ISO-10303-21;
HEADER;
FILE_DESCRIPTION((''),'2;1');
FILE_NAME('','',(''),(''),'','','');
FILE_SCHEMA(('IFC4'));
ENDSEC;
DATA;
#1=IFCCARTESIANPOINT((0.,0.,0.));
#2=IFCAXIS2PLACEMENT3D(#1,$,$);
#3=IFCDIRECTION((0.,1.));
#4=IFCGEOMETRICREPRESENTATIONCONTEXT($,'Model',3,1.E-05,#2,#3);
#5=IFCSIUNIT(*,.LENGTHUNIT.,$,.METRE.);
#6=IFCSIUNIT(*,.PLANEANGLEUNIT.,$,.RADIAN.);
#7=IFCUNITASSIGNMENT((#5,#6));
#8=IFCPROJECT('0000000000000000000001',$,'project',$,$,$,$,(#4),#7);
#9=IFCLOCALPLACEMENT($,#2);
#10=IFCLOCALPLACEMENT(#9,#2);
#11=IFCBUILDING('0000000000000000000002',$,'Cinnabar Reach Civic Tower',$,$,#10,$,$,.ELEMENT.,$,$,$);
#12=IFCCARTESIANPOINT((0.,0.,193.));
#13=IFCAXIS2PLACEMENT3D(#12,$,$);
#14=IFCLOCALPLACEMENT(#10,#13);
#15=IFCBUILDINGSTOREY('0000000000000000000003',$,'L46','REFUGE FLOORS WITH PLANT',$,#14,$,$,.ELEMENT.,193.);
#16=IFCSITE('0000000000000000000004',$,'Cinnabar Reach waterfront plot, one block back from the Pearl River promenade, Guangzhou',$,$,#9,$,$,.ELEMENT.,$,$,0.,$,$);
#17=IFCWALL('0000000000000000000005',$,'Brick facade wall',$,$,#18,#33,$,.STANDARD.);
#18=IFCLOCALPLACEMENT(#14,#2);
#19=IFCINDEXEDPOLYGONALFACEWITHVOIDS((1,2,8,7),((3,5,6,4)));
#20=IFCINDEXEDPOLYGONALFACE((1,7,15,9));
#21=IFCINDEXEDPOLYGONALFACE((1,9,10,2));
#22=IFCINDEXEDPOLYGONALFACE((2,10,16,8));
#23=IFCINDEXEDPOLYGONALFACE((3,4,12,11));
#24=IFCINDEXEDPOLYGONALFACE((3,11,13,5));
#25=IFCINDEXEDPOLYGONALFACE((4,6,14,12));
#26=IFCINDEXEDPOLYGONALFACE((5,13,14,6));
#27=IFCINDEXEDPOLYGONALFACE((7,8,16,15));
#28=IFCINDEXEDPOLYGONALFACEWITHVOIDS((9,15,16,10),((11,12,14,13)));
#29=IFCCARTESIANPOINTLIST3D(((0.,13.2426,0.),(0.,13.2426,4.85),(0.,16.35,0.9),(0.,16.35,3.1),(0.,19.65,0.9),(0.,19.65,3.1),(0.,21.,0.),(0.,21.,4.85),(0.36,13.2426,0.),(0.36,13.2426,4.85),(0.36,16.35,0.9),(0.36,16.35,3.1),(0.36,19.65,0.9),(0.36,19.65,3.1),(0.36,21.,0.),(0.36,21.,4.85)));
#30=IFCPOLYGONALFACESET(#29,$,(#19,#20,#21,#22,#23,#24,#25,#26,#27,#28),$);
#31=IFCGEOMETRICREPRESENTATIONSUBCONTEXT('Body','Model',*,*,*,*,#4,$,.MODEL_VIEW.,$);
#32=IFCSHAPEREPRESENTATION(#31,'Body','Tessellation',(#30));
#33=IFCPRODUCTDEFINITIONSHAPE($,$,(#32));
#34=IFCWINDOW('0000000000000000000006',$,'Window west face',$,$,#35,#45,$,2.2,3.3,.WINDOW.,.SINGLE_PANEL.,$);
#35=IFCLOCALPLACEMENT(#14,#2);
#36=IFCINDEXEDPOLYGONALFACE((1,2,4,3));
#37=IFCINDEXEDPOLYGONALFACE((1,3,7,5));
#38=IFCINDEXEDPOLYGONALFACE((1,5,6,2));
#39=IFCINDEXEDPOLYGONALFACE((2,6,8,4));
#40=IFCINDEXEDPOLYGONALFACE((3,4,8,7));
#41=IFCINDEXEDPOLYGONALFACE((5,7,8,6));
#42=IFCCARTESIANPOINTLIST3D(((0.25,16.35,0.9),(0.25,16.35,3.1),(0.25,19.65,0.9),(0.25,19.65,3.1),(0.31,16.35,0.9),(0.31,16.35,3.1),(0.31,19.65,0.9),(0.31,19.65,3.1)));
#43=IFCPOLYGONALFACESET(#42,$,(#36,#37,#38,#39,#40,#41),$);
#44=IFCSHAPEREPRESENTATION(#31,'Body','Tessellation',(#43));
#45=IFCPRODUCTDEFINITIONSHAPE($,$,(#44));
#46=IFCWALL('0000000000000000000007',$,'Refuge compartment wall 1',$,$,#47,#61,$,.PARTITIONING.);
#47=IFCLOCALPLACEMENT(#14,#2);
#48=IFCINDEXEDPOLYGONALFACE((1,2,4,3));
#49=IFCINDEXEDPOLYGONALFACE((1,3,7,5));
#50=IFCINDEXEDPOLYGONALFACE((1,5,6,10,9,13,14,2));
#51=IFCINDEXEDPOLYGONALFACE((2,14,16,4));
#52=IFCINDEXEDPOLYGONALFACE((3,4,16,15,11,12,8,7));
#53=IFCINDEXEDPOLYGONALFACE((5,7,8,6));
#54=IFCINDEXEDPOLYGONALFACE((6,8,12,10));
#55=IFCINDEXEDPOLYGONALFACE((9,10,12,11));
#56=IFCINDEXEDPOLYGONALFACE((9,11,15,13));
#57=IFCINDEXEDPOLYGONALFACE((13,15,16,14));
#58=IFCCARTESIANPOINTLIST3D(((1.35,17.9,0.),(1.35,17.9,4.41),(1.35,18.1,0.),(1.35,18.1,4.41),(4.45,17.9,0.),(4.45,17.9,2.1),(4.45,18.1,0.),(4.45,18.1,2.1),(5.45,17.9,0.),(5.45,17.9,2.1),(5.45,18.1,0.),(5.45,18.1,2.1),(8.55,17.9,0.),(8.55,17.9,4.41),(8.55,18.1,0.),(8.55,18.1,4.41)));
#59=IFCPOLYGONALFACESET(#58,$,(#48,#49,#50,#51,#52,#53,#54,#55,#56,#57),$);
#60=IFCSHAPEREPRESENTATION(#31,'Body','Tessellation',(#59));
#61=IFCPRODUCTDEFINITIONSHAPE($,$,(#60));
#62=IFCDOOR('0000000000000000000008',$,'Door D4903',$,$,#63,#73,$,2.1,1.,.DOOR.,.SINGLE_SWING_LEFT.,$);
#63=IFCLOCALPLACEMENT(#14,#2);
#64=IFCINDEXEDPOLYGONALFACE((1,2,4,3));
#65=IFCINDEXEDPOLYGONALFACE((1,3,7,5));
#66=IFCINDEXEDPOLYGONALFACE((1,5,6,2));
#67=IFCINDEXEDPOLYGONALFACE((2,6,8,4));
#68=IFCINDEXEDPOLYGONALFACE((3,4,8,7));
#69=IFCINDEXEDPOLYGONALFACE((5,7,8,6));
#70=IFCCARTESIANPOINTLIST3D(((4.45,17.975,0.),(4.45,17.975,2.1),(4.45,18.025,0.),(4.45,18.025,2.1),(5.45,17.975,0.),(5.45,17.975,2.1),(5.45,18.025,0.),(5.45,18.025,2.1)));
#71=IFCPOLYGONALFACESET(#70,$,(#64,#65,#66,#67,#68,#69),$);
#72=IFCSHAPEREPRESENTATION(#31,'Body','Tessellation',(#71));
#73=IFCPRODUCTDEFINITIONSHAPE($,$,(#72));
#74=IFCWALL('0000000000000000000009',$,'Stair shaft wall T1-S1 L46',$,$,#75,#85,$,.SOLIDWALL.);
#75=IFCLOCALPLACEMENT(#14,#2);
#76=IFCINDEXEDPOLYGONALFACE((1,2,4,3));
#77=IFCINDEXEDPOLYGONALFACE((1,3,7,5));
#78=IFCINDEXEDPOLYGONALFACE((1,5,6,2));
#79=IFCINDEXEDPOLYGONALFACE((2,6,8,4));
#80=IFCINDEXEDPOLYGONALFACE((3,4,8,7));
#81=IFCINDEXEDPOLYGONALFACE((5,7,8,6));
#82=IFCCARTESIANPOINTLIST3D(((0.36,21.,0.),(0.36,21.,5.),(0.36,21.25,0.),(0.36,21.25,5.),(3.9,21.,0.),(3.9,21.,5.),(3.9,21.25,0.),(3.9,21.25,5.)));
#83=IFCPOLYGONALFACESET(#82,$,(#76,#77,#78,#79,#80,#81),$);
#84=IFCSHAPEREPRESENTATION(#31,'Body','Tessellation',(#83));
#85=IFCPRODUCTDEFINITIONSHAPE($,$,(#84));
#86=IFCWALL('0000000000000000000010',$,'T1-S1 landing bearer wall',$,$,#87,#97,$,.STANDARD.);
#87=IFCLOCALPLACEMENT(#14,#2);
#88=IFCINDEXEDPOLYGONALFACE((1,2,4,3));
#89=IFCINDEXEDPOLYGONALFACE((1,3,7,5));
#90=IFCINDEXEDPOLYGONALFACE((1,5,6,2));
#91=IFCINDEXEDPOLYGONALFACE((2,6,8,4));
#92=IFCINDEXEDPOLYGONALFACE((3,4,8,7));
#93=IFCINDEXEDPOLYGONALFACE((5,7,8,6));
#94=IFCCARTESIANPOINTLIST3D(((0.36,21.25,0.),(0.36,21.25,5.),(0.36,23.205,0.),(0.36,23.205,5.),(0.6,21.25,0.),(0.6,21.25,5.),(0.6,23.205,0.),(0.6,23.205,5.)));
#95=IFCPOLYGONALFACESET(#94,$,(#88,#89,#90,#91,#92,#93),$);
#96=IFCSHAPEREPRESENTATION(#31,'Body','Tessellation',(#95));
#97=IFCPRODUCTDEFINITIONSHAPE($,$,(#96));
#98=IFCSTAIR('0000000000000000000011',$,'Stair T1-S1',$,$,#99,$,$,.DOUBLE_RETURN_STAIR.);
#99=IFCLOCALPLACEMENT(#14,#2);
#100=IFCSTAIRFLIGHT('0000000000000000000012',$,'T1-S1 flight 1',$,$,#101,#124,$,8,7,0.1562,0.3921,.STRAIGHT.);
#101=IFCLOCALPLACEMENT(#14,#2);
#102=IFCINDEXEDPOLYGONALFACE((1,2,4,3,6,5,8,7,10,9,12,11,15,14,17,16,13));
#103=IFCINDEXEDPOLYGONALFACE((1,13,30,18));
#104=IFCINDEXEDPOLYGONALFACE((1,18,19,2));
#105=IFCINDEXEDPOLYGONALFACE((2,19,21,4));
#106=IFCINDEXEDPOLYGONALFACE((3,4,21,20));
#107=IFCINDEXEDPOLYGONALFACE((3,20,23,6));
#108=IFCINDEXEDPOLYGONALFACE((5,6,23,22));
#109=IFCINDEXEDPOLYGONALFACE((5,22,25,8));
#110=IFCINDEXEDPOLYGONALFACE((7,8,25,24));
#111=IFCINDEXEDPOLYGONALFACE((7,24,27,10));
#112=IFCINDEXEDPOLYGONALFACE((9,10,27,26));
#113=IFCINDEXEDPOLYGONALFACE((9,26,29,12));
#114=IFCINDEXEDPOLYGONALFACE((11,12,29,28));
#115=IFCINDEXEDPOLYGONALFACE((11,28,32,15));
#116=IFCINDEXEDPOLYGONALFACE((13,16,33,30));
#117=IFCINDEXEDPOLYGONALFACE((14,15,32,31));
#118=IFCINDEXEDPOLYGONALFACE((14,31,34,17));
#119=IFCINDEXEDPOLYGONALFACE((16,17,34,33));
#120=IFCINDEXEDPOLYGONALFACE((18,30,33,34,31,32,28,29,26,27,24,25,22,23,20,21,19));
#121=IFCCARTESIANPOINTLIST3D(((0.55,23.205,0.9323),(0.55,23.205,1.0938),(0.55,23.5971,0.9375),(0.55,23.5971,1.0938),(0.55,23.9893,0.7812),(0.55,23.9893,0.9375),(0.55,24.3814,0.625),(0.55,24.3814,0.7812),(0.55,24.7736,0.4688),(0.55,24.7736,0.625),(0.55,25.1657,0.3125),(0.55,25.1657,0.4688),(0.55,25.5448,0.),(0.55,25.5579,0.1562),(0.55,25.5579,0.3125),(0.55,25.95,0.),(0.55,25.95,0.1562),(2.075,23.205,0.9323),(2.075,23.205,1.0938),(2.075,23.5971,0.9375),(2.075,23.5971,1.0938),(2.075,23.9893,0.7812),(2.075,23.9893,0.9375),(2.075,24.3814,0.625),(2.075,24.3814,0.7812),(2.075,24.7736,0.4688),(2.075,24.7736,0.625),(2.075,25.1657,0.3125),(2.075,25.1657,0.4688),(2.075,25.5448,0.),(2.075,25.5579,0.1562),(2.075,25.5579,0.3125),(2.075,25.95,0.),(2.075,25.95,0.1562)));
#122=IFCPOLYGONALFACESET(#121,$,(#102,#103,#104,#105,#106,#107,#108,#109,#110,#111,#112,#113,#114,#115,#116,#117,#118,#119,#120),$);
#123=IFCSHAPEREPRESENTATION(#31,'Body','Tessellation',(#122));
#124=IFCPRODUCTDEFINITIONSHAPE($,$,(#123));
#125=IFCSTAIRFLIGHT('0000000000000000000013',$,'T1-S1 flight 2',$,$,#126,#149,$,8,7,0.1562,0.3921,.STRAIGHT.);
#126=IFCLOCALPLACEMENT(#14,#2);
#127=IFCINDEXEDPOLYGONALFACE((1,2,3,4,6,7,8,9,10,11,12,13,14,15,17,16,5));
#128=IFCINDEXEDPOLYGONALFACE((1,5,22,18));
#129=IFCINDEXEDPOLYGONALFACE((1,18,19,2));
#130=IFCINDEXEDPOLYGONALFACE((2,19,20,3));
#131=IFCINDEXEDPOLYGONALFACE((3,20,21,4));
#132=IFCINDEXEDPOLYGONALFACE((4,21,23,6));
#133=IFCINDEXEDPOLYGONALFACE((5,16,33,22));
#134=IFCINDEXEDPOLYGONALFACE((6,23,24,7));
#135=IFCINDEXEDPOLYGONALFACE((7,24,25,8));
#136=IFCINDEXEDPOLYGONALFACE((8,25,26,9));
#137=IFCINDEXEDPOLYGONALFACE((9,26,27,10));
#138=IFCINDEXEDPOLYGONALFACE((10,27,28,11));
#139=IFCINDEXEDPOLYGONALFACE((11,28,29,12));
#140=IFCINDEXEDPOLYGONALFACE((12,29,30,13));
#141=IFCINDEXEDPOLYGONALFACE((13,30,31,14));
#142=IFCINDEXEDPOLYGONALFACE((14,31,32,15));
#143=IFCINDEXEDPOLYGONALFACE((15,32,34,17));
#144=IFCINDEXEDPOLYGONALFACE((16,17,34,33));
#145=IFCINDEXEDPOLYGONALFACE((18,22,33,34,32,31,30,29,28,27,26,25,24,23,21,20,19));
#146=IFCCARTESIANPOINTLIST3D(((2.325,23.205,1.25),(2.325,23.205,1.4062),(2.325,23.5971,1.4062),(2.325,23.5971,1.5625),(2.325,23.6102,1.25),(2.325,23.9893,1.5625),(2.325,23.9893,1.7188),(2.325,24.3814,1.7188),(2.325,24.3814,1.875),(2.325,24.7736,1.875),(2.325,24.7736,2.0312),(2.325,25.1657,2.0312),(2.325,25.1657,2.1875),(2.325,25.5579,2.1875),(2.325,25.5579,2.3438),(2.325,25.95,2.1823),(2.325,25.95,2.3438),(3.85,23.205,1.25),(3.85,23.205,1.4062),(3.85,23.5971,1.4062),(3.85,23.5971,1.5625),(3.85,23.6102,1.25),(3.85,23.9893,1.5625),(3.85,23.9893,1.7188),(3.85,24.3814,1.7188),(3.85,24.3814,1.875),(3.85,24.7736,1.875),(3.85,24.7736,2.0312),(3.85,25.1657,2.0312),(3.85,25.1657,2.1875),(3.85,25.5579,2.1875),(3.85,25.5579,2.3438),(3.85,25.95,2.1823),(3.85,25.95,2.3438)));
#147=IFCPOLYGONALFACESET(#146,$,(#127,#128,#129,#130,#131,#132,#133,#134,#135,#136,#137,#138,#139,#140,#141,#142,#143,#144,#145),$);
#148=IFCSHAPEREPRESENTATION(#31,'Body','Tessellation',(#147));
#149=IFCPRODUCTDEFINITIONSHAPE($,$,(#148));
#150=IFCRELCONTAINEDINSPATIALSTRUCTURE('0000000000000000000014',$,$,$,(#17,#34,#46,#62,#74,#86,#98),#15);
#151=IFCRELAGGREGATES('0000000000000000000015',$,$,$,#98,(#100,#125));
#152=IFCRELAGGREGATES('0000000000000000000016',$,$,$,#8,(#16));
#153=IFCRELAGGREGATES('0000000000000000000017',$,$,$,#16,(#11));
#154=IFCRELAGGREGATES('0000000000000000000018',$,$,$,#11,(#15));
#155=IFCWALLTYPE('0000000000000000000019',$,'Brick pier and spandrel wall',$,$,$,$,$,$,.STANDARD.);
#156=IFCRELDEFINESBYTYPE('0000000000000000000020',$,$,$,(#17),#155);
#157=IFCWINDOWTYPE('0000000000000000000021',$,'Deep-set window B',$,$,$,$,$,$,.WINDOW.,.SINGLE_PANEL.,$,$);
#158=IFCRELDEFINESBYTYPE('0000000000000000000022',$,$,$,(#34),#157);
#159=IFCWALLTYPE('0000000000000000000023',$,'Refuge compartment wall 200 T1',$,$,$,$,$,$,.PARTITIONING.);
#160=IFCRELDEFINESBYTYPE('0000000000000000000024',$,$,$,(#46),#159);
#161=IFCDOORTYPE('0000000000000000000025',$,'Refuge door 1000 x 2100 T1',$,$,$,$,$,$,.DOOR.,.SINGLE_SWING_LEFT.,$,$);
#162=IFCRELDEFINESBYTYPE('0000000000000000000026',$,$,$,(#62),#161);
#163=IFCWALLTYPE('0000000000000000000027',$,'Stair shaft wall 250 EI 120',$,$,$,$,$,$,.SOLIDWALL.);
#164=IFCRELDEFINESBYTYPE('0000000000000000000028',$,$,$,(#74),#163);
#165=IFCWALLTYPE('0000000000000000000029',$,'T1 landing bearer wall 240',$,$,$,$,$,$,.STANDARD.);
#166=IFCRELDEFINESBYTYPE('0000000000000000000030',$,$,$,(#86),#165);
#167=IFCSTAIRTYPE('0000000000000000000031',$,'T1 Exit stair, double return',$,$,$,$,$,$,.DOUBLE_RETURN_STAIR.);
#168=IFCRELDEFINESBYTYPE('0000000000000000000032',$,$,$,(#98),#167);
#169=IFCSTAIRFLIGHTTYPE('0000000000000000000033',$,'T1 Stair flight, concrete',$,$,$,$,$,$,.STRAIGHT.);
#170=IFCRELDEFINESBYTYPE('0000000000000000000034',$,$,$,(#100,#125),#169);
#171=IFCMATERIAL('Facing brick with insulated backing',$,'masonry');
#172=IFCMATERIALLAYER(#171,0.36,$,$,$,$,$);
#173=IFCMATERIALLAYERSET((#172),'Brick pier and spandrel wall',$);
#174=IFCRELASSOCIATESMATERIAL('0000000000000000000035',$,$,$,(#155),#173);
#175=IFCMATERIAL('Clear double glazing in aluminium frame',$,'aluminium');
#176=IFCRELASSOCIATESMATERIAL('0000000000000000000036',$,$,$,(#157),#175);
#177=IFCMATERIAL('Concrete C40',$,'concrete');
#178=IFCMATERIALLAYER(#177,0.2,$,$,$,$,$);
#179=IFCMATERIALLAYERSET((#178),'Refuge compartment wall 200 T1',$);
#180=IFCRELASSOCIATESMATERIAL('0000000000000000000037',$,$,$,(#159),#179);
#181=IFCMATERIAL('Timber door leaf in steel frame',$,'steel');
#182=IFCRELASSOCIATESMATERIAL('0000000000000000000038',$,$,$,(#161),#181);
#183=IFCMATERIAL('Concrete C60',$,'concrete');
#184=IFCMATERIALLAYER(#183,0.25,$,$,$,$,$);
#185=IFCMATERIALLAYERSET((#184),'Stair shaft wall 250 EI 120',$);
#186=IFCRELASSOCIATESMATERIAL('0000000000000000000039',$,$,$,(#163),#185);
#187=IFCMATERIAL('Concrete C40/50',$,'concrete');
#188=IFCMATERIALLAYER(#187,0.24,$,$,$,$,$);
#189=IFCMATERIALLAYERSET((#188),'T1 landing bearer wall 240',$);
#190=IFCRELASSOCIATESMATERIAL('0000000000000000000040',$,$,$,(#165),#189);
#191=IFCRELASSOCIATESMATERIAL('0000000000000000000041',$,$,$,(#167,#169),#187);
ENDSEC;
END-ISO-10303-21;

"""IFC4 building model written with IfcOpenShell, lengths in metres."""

from ifc_helpers import new_model, si_unit, direction, frame, frame_2d, origin, place, context, subcontext, project, spatial, polyline, rectangle, outline, extrude, material, layer, layer_set, type_object, element, fill, aggregate, save


model = new_model("IFC4")

# Units and contexts
model_context = context("Model", 3, precision=1e-05, world=origin(), true_north=direction((0.0, 1.0)))
body_context = subcontext(model_context, "Body", "Model", "MODEL_VIEW")
ifc_project = project(units=[si_unit("LENGTHUNIT", "METRE"), si_unit("PLANEANGLEUNIT", "RADIAN")], contexts=[model_context])

# Site, building, storey
site_placement = place(None, origin())
site = spatial("IfcSite", under=ifc_project, at=site_placement, Name="Cinnabar Reach waterfront plot, one block back from the Pearl River promenade, Guangzhou", CompositionType="ELEMENT", RefElevation=0.0)
building_placement = place(site_placement, origin())
building = spatial("IfcBuilding", under=site, at=building_placement, Name="Cinnabar Reach Civic Tower", CompositionType="ELEMENT")
storey_placement = place(building_placement, frame((0.0, 0.0, 193.0)))
storey = spatial("IfcBuildingStorey", under=building, at=storey_placement, Name="L46", Description="REFUGE FLOORS WITH PLANT", CompositionType="ELEMENT", Elevation=193.0)

# Shared definitions
ifc_material_1 = material(Name="Facing brick with insulated backing", Category="masonry")
ifc_layer_1 = layer(ifc_material_1, 0.36)
ifc_layer_set_1 = layer_set([ifc_layer_1], Name="Brick pier and spandrel wall")
wall_type_1 = type_object("IfcWallType", Name="Brick pier and spandrel wall", PredefinedType="STANDARD", material=ifc_layer_set_1)

# Wall, opening, window
wall_1_placement = place(storey_placement, frame((0.18, 21.0, 0.0), z_axis=(0.0, 0.0, 1.0), x_axis=(0.0, -1.0, 0.0)))
wall_1 = element("IfcWall", 1, at=wall_1_placement, inside=storey, type_object=wall_type_1, Name="Brick facade wall", PredefinedType="STANDARD", context=body_context, shape_type="SweptSolid", body=[
    extrude(rectangle(XDim=7.7574, YDim=0.36, at=frame_2d((3.8787, 0.0))), origin(), (0.0, 0.0, 1.0), 4.85),
])
opening_1_placement = place(wall_1_placement, frame((1.35, 0.0, 0.9)))
opening_1 = element("IfcOpeningElement", 2, at=opening_1_placement, cuts=wall_1, PredefinedType="OPENING", context=body_context, shape_type="SweptSolid", body=[
    extrude(rectangle(XDim=3.3, YDim=2.2, at=frame_2d((1.65, 1.1))), frame((0.0, 0.19, 0.0), z_axis=(0.0, -1.0, 0.0), x_axis=(1.0, 0.0, 0.0)), (0.0, 0.0, 1.0), 0.38),
])
ifc_material_2 = material(Name="Clear double glazing in aluminium frame", Category="aluminium")
window_type = type_object("IfcWindowType", Name="Deep-set window B", PartitioningType="SINGLE_PANEL", PredefinedType="WINDOW", material=ifc_material_2)
window_placement = place(opening_1_placement, origin())
window = element("IfcWindow", 3, at=window_placement, inside=storey, type_object=window_type, Name="Window west face", OverallHeight=2.2, OverallWidth=3.3, PartitioningType="SINGLE_PANEL", PredefinedType="WINDOW", context=body_context, shape_type="SweptSolid", body=[
    extrude(rectangle(XDim=3.3, YDim=2.2, at=frame_2d((1.65, 1.1))), frame((0.0, 0.13, 0.0), z_axis=(0.0, -1.0, 0.0), x_axis=(1.0, 0.0, 0.0)), (0.0, 0.0, 1.0), 0.06),
])
fill(opening_1, window)

# Wall, opening, door
ifc_material_3 = material(Name="Concrete C40", Category="concrete")
ifc_layer_2 = layer(ifc_material_3, 0.2)
ifc_layer_set_2 = layer_set([ifc_layer_2], Name="Refuge compartment wall 200 T1")
wall_type_2 = type_object("IfcWallType", Name="Refuge compartment wall 200 T1", PredefinedType="PARTITIONING", material=ifc_layer_set_2)
wall_2_placement = place(storey_placement, frame((1.35, 18.0, 0.0), z_axis=(0.0, 0.0, 1.0), x_axis=(1.0, 0.0, 0.0)))
wall_2 = element("IfcWall", 4, at=wall_2_placement, inside=storey, type_object=wall_type_2, Name="Refuge compartment wall 1", PredefinedType="PARTITIONING", context=body_context, shape_type="SweptSolid", body=[
    extrude(rectangle(XDim=7.2, YDim=0.2, at=frame_2d((3.6, 0.0))), origin(), (0.0, 0.0, 1.0), 4.41),
])
opening_2_placement = place(wall_2_placement, frame((3.1, 0.0, 0.0)))
opening_2 = element("IfcOpeningElement", 5, at=opening_2_placement, cuts=wall_2, PredefinedType="OPENING", context=body_context, shape_type="SweptSolid", body=[
    extrude(rectangle(XDim=1.0, YDim=2.1, at=frame_2d((0.5, 1.05))), frame((0.0, 0.11, 0.0), z_axis=(0.0, -1.0, 0.0), x_axis=(1.0, 0.0, 0.0)), (0.0, 0.0, 1.0), 0.22),
])
ifc_material_4 = material(Name="Timber door leaf in steel frame", Category="steel")
door_type = type_object("IfcDoorType", Name="Refuge door 1000 x 2100 T1", OperationType="SINGLE_SWING_LEFT", PredefinedType="DOOR", material=ifc_material_4)
door_placement = place(opening_2_placement, origin())
door = element("IfcDoor", 6, at=door_placement, inside=storey, type_object=door_type, Name="Door D4903", OperationType="SINGLE_SWING_LEFT", OverallHeight=2.1, OverallWidth=1.0, PredefinedType="DOOR", context=body_context, shape_type="SweptSolid", body=[
    extrude(rectangle(XDim=1.0, YDim=2.1, at=frame_2d((0.5, 1.05))), frame((0.0, 0.025, 0.0), z_axis=(0.0, -1.0, 0.0), x_axis=(1.0, 0.0, 0.0)), (0.0, 0.0, 1.0), 0.05),
])
fill(opening_2, door)

# Walls
ifc_material_5 = material(Name="Concrete C60", Category="concrete")
ifc_layer_3 = layer(ifc_material_5, 0.25)
ifc_layer_set_3 = layer_set([ifc_layer_3], Name="Stair shaft wall 250 EI 120")
wall_type_3 = type_object("IfcWallType", Name="Stair shaft wall 250 EI 120", PredefinedType="SOLIDWALL", material=ifc_layer_set_3)
wall_3_placement = place(storey_placement, frame((0.36, 21.125, 0.0), z_axis=(0.0, 0.0, 1.0), x_axis=(1.0, 0.0, 0.0)))
element("IfcWall", 7, at=wall_3_placement, inside=storey, type_object=wall_type_3, Name="Stair shaft wall T1-S1 L46", PredefinedType="SOLIDWALL", context=body_context, shape_type="SweptSolid", body=[
    extrude(rectangle(XDim=3.54, YDim=0.25, at=frame_2d((1.77, 0.0))), origin(), (0.0, 0.0, 1.0), 5.0),
])
ifc_material_6 = material(Name="Concrete C40/50", Category="concrete")
ifc_layer_4 = layer(ifc_material_6, 0.24)
ifc_layer_set_4 = layer_set([ifc_layer_4], Name="T1 landing bearer wall 240")
wall_type_4 = type_object("IfcWallType", Name="T1 landing bearer wall 240", PredefinedType="STANDARD", material=ifc_layer_set_4)
wall_4_placement = place(storey_placement, frame((0.48, 21.25, 0.0), z_axis=(0.0, 0.0, 1.0), x_axis=(0.0, 1.0, 0.0)))
element("IfcWall", 8, at=wall_4_placement, inside=storey, type_object=wall_type_4, Name="T1-S1 landing bearer wall", PredefinedType="STANDARD", context=body_context, shape_type="SweptSolid", body=[
    extrude(rectangle(XDim=1.955, YDim=0.24, at=frame_2d((0.9775, 0.0))), origin(), (0.0, 0.0, 1.0), 5.0),
])

# Stair, stair flights
stair_type = type_object("IfcStairType", Name="T1 Exit stair, double return", PredefinedType="DOUBLE_RETURN_STAIR", material=ifc_material_6)
stair_placement = place(storey_placement, origin())
stair = element("IfcStair", 9, at=stair_placement, inside=storey, type_object=stair_type, Name="Stair T1-S1", PredefinedType="DOUBLE_RETURN_STAIR")
stair_flight_type = type_object("IfcStairFlightType", Name="T1 Stair flight, concrete", PredefinedType="STRAIGHT", material=ifc_material_6)
stair_flight_1_placement = place(storey_placement, frame((1.3125, 25.95, 0.0), z_axis=(0.0, 0.0, 1.0), x_axis=(0.0, -1.0, 0.0)))
stair_flight_1 = element("IfcStairFlight", 10, at=stair_flight_1_placement, type_object=stair_flight_type, Name="T1-S1 flight 1", NumberOfRisers=8, NumberOfTreads=7, PredefinedType="STRAIGHT", RiserHeight=0.1562, TreadLength=0.3921, context=body_context, shape_type="SweptSolid", body=[
    extrude(outline(polyline([(0.0, 0.0), (0.0, 0.1562), (0.3921, 0.1562), (0.3921, 0.3125), (0.7843, 0.3125), (0.7843, 0.4688), (1.1764, 0.4688), (1.1764, 0.625), (1.5686, 0.625), (1.5686, 0.7812), (1.9607, 0.7812), (1.9607, 0.9375), (2.3529, 0.9375), (2.3529, 1.0938), (2.745, 1.0938), (2.745, 1.25), (2.745, 0.9323), (0.4052, 0.0), (0.0, 0.0)])), frame((0.0, 0.7625, 0.0), z_axis=(0.0, -1.0, 0.0), x_axis=(1.0, 0.0, 0.0)), (0.0, 0.0, 1.0), 1.525),
])
stair_flight_2_placement = place(storey_placement, frame((3.0875, 23.205, 1.25), z_axis=(0.0, 0.0, 1.0), x_axis=(0.0, 1.0, 0.0)))
stair_flight_2 = element("IfcStairFlight", 11, at=stair_flight_2_placement, type_object=stair_flight_type, Name="T1-S1 flight 2", NumberOfRisers=8, NumberOfTreads=7, PredefinedType="STRAIGHT", RiserHeight=0.1562, TreadLength=0.3921, context=body_context, shape_type="SweptSolid", body=[
    extrude(outline(polyline([(0.0, 0.0), (0.0, 0.1562), (0.3921, 0.1562), (0.3921, 0.3125), (0.7843, 0.3125), (0.7843, 0.4688), (1.1764, 0.4688), (1.1764, 0.625), (1.5686, 0.625), (1.5686, 0.7812), (1.9607, 0.7812), (1.9607, 0.9375), (2.3529, 0.9375), (2.3529, 1.0938), (2.745, 1.0938), (2.745, 1.25), (2.745, 0.9323), (0.4052, 0.0), (0.0, 0.0)])), frame((0.0, 0.7625, 0.0), z_axis=(0.0, -1.0, 0.0), x_axis=(1.0, 0.0, 0.0)), (0.0, 0.0, 1.0), 1.525),
])
aggregate(stair, [stair_flight_1, stair_flight_2])

save(model, "model.ifc")
